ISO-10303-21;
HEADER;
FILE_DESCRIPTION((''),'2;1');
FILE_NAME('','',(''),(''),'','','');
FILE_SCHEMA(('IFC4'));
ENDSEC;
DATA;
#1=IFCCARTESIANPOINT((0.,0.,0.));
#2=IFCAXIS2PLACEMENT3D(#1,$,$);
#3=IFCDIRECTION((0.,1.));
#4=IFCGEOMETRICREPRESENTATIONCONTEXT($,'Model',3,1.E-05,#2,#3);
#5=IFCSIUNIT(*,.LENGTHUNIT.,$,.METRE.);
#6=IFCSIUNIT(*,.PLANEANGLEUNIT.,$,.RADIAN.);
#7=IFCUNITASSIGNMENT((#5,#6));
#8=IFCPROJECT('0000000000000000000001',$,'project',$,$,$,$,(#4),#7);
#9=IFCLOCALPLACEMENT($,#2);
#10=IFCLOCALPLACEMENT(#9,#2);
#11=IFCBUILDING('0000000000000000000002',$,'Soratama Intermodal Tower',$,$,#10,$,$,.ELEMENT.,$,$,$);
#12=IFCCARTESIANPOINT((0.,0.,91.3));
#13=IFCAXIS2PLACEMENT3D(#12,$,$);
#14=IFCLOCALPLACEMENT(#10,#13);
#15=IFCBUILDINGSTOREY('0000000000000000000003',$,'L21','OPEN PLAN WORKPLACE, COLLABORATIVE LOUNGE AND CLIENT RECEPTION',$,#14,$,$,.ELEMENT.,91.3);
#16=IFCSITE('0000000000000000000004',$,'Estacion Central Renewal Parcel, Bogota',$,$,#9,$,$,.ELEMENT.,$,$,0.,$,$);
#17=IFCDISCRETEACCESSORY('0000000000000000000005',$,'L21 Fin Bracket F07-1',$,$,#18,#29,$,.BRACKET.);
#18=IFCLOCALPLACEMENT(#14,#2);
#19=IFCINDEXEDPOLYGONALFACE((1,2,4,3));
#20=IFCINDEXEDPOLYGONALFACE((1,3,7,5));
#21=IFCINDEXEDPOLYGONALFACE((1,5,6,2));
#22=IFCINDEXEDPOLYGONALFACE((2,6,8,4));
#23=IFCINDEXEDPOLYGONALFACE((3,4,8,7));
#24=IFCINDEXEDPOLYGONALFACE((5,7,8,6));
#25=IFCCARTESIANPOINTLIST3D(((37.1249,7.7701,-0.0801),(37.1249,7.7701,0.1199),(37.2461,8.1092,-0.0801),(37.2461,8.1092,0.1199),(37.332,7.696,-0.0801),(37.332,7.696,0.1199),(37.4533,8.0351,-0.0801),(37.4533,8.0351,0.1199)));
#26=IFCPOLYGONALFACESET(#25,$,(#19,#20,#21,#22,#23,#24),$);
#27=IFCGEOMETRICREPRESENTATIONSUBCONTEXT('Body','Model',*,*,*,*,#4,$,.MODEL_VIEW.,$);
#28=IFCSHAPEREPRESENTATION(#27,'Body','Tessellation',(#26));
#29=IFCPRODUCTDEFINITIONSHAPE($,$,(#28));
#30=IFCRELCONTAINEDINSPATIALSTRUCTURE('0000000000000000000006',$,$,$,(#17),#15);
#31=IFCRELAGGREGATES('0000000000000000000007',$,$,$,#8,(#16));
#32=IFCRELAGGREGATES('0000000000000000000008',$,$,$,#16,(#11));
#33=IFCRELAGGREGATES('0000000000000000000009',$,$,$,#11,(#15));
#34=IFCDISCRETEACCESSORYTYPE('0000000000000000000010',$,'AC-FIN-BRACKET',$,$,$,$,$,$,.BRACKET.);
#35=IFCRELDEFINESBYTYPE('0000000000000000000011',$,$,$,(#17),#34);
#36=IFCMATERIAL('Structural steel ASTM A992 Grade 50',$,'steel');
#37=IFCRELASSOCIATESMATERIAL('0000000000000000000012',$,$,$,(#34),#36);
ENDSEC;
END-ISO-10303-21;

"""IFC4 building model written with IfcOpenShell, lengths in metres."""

from ifc_helpers import new_model, si_unit, direction, frame, origin, origin_2d, place, context, subcontext, project, spatial, rectangle, extrude, material, type_object, element, save


model = new_model("IFC4")

# Units and contexts
model_context = context("Model", 3, precision=1e-05, world=origin(), true_north=direction((0.0, 1.0)))
body_context = subcontext(model_context, "Body", "Model", "MODEL_VIEW")
ifc_project = project(units=[si_unit("LENGTHUNIT", "METRE"), si_unit("PLANEANGLEUNIT", "RADIAN")], contexts=[model_context])

# Site, building, storey
site_placement = place(None, origin())
site = spatial("IfcSite", under=ifc_project, at=site_placement, Name="Estacion Central Renewal Parcel, Bogota", CompositionType="ELEMENT", RefElevation=0.0)
building_placement = place(site_placement, origin())
building = spatial("IfcBuilding", under=site, at=building_placement, Name="Soratama Intermodal Tower", CompositionType="ELEMENT")
storey_placement = place(building_placement, frame((0.0, 0.0, 91.3)))
storey = spatial("IfcBuildingStorey", under=building, at=storey_placement, Name="L21", Description="OPEN PLAN WORKPLACE, COLLABORATIVE LOUNGE AND CLIENT RECEPTION", CompositionType="ELEMENT", Elevation=91.3)

# Discrete accessory
ifc_material_1 = material(Name="Structural steel ASTM A992 Grade 50", Category="steel")
discrete_accessory_type = type_object("IfcDiscreteAccessoryType", Name="AC-FIN-BRACKET", PredefinedType="BRACKET", material=ifc_material_1)
discrete_accessory_placement = place(storey_placement, frame((37.2891, 7.9026, -0.0801), z_axis=(0.0, 0.0, 1.0), x_axis=(-0.336767, -0.941588, 0.0)))
element("IfcDiscreteAccessory", 1, at=discrete_accessory_placement, inside=storey, type_object=discrete_accessory_type, Name="L21 Fin Bracket F07-1", PredefinedType="BRACKET", context=body_context, shape_type="SweptSolid", body=[
    extrude(rectangle(XDim=0.3601, YDim=0.22, at=origin_2d()), origin(), (0.0, 0.0, 1.0), 0.2),
])

save(model, "model.ifc")
